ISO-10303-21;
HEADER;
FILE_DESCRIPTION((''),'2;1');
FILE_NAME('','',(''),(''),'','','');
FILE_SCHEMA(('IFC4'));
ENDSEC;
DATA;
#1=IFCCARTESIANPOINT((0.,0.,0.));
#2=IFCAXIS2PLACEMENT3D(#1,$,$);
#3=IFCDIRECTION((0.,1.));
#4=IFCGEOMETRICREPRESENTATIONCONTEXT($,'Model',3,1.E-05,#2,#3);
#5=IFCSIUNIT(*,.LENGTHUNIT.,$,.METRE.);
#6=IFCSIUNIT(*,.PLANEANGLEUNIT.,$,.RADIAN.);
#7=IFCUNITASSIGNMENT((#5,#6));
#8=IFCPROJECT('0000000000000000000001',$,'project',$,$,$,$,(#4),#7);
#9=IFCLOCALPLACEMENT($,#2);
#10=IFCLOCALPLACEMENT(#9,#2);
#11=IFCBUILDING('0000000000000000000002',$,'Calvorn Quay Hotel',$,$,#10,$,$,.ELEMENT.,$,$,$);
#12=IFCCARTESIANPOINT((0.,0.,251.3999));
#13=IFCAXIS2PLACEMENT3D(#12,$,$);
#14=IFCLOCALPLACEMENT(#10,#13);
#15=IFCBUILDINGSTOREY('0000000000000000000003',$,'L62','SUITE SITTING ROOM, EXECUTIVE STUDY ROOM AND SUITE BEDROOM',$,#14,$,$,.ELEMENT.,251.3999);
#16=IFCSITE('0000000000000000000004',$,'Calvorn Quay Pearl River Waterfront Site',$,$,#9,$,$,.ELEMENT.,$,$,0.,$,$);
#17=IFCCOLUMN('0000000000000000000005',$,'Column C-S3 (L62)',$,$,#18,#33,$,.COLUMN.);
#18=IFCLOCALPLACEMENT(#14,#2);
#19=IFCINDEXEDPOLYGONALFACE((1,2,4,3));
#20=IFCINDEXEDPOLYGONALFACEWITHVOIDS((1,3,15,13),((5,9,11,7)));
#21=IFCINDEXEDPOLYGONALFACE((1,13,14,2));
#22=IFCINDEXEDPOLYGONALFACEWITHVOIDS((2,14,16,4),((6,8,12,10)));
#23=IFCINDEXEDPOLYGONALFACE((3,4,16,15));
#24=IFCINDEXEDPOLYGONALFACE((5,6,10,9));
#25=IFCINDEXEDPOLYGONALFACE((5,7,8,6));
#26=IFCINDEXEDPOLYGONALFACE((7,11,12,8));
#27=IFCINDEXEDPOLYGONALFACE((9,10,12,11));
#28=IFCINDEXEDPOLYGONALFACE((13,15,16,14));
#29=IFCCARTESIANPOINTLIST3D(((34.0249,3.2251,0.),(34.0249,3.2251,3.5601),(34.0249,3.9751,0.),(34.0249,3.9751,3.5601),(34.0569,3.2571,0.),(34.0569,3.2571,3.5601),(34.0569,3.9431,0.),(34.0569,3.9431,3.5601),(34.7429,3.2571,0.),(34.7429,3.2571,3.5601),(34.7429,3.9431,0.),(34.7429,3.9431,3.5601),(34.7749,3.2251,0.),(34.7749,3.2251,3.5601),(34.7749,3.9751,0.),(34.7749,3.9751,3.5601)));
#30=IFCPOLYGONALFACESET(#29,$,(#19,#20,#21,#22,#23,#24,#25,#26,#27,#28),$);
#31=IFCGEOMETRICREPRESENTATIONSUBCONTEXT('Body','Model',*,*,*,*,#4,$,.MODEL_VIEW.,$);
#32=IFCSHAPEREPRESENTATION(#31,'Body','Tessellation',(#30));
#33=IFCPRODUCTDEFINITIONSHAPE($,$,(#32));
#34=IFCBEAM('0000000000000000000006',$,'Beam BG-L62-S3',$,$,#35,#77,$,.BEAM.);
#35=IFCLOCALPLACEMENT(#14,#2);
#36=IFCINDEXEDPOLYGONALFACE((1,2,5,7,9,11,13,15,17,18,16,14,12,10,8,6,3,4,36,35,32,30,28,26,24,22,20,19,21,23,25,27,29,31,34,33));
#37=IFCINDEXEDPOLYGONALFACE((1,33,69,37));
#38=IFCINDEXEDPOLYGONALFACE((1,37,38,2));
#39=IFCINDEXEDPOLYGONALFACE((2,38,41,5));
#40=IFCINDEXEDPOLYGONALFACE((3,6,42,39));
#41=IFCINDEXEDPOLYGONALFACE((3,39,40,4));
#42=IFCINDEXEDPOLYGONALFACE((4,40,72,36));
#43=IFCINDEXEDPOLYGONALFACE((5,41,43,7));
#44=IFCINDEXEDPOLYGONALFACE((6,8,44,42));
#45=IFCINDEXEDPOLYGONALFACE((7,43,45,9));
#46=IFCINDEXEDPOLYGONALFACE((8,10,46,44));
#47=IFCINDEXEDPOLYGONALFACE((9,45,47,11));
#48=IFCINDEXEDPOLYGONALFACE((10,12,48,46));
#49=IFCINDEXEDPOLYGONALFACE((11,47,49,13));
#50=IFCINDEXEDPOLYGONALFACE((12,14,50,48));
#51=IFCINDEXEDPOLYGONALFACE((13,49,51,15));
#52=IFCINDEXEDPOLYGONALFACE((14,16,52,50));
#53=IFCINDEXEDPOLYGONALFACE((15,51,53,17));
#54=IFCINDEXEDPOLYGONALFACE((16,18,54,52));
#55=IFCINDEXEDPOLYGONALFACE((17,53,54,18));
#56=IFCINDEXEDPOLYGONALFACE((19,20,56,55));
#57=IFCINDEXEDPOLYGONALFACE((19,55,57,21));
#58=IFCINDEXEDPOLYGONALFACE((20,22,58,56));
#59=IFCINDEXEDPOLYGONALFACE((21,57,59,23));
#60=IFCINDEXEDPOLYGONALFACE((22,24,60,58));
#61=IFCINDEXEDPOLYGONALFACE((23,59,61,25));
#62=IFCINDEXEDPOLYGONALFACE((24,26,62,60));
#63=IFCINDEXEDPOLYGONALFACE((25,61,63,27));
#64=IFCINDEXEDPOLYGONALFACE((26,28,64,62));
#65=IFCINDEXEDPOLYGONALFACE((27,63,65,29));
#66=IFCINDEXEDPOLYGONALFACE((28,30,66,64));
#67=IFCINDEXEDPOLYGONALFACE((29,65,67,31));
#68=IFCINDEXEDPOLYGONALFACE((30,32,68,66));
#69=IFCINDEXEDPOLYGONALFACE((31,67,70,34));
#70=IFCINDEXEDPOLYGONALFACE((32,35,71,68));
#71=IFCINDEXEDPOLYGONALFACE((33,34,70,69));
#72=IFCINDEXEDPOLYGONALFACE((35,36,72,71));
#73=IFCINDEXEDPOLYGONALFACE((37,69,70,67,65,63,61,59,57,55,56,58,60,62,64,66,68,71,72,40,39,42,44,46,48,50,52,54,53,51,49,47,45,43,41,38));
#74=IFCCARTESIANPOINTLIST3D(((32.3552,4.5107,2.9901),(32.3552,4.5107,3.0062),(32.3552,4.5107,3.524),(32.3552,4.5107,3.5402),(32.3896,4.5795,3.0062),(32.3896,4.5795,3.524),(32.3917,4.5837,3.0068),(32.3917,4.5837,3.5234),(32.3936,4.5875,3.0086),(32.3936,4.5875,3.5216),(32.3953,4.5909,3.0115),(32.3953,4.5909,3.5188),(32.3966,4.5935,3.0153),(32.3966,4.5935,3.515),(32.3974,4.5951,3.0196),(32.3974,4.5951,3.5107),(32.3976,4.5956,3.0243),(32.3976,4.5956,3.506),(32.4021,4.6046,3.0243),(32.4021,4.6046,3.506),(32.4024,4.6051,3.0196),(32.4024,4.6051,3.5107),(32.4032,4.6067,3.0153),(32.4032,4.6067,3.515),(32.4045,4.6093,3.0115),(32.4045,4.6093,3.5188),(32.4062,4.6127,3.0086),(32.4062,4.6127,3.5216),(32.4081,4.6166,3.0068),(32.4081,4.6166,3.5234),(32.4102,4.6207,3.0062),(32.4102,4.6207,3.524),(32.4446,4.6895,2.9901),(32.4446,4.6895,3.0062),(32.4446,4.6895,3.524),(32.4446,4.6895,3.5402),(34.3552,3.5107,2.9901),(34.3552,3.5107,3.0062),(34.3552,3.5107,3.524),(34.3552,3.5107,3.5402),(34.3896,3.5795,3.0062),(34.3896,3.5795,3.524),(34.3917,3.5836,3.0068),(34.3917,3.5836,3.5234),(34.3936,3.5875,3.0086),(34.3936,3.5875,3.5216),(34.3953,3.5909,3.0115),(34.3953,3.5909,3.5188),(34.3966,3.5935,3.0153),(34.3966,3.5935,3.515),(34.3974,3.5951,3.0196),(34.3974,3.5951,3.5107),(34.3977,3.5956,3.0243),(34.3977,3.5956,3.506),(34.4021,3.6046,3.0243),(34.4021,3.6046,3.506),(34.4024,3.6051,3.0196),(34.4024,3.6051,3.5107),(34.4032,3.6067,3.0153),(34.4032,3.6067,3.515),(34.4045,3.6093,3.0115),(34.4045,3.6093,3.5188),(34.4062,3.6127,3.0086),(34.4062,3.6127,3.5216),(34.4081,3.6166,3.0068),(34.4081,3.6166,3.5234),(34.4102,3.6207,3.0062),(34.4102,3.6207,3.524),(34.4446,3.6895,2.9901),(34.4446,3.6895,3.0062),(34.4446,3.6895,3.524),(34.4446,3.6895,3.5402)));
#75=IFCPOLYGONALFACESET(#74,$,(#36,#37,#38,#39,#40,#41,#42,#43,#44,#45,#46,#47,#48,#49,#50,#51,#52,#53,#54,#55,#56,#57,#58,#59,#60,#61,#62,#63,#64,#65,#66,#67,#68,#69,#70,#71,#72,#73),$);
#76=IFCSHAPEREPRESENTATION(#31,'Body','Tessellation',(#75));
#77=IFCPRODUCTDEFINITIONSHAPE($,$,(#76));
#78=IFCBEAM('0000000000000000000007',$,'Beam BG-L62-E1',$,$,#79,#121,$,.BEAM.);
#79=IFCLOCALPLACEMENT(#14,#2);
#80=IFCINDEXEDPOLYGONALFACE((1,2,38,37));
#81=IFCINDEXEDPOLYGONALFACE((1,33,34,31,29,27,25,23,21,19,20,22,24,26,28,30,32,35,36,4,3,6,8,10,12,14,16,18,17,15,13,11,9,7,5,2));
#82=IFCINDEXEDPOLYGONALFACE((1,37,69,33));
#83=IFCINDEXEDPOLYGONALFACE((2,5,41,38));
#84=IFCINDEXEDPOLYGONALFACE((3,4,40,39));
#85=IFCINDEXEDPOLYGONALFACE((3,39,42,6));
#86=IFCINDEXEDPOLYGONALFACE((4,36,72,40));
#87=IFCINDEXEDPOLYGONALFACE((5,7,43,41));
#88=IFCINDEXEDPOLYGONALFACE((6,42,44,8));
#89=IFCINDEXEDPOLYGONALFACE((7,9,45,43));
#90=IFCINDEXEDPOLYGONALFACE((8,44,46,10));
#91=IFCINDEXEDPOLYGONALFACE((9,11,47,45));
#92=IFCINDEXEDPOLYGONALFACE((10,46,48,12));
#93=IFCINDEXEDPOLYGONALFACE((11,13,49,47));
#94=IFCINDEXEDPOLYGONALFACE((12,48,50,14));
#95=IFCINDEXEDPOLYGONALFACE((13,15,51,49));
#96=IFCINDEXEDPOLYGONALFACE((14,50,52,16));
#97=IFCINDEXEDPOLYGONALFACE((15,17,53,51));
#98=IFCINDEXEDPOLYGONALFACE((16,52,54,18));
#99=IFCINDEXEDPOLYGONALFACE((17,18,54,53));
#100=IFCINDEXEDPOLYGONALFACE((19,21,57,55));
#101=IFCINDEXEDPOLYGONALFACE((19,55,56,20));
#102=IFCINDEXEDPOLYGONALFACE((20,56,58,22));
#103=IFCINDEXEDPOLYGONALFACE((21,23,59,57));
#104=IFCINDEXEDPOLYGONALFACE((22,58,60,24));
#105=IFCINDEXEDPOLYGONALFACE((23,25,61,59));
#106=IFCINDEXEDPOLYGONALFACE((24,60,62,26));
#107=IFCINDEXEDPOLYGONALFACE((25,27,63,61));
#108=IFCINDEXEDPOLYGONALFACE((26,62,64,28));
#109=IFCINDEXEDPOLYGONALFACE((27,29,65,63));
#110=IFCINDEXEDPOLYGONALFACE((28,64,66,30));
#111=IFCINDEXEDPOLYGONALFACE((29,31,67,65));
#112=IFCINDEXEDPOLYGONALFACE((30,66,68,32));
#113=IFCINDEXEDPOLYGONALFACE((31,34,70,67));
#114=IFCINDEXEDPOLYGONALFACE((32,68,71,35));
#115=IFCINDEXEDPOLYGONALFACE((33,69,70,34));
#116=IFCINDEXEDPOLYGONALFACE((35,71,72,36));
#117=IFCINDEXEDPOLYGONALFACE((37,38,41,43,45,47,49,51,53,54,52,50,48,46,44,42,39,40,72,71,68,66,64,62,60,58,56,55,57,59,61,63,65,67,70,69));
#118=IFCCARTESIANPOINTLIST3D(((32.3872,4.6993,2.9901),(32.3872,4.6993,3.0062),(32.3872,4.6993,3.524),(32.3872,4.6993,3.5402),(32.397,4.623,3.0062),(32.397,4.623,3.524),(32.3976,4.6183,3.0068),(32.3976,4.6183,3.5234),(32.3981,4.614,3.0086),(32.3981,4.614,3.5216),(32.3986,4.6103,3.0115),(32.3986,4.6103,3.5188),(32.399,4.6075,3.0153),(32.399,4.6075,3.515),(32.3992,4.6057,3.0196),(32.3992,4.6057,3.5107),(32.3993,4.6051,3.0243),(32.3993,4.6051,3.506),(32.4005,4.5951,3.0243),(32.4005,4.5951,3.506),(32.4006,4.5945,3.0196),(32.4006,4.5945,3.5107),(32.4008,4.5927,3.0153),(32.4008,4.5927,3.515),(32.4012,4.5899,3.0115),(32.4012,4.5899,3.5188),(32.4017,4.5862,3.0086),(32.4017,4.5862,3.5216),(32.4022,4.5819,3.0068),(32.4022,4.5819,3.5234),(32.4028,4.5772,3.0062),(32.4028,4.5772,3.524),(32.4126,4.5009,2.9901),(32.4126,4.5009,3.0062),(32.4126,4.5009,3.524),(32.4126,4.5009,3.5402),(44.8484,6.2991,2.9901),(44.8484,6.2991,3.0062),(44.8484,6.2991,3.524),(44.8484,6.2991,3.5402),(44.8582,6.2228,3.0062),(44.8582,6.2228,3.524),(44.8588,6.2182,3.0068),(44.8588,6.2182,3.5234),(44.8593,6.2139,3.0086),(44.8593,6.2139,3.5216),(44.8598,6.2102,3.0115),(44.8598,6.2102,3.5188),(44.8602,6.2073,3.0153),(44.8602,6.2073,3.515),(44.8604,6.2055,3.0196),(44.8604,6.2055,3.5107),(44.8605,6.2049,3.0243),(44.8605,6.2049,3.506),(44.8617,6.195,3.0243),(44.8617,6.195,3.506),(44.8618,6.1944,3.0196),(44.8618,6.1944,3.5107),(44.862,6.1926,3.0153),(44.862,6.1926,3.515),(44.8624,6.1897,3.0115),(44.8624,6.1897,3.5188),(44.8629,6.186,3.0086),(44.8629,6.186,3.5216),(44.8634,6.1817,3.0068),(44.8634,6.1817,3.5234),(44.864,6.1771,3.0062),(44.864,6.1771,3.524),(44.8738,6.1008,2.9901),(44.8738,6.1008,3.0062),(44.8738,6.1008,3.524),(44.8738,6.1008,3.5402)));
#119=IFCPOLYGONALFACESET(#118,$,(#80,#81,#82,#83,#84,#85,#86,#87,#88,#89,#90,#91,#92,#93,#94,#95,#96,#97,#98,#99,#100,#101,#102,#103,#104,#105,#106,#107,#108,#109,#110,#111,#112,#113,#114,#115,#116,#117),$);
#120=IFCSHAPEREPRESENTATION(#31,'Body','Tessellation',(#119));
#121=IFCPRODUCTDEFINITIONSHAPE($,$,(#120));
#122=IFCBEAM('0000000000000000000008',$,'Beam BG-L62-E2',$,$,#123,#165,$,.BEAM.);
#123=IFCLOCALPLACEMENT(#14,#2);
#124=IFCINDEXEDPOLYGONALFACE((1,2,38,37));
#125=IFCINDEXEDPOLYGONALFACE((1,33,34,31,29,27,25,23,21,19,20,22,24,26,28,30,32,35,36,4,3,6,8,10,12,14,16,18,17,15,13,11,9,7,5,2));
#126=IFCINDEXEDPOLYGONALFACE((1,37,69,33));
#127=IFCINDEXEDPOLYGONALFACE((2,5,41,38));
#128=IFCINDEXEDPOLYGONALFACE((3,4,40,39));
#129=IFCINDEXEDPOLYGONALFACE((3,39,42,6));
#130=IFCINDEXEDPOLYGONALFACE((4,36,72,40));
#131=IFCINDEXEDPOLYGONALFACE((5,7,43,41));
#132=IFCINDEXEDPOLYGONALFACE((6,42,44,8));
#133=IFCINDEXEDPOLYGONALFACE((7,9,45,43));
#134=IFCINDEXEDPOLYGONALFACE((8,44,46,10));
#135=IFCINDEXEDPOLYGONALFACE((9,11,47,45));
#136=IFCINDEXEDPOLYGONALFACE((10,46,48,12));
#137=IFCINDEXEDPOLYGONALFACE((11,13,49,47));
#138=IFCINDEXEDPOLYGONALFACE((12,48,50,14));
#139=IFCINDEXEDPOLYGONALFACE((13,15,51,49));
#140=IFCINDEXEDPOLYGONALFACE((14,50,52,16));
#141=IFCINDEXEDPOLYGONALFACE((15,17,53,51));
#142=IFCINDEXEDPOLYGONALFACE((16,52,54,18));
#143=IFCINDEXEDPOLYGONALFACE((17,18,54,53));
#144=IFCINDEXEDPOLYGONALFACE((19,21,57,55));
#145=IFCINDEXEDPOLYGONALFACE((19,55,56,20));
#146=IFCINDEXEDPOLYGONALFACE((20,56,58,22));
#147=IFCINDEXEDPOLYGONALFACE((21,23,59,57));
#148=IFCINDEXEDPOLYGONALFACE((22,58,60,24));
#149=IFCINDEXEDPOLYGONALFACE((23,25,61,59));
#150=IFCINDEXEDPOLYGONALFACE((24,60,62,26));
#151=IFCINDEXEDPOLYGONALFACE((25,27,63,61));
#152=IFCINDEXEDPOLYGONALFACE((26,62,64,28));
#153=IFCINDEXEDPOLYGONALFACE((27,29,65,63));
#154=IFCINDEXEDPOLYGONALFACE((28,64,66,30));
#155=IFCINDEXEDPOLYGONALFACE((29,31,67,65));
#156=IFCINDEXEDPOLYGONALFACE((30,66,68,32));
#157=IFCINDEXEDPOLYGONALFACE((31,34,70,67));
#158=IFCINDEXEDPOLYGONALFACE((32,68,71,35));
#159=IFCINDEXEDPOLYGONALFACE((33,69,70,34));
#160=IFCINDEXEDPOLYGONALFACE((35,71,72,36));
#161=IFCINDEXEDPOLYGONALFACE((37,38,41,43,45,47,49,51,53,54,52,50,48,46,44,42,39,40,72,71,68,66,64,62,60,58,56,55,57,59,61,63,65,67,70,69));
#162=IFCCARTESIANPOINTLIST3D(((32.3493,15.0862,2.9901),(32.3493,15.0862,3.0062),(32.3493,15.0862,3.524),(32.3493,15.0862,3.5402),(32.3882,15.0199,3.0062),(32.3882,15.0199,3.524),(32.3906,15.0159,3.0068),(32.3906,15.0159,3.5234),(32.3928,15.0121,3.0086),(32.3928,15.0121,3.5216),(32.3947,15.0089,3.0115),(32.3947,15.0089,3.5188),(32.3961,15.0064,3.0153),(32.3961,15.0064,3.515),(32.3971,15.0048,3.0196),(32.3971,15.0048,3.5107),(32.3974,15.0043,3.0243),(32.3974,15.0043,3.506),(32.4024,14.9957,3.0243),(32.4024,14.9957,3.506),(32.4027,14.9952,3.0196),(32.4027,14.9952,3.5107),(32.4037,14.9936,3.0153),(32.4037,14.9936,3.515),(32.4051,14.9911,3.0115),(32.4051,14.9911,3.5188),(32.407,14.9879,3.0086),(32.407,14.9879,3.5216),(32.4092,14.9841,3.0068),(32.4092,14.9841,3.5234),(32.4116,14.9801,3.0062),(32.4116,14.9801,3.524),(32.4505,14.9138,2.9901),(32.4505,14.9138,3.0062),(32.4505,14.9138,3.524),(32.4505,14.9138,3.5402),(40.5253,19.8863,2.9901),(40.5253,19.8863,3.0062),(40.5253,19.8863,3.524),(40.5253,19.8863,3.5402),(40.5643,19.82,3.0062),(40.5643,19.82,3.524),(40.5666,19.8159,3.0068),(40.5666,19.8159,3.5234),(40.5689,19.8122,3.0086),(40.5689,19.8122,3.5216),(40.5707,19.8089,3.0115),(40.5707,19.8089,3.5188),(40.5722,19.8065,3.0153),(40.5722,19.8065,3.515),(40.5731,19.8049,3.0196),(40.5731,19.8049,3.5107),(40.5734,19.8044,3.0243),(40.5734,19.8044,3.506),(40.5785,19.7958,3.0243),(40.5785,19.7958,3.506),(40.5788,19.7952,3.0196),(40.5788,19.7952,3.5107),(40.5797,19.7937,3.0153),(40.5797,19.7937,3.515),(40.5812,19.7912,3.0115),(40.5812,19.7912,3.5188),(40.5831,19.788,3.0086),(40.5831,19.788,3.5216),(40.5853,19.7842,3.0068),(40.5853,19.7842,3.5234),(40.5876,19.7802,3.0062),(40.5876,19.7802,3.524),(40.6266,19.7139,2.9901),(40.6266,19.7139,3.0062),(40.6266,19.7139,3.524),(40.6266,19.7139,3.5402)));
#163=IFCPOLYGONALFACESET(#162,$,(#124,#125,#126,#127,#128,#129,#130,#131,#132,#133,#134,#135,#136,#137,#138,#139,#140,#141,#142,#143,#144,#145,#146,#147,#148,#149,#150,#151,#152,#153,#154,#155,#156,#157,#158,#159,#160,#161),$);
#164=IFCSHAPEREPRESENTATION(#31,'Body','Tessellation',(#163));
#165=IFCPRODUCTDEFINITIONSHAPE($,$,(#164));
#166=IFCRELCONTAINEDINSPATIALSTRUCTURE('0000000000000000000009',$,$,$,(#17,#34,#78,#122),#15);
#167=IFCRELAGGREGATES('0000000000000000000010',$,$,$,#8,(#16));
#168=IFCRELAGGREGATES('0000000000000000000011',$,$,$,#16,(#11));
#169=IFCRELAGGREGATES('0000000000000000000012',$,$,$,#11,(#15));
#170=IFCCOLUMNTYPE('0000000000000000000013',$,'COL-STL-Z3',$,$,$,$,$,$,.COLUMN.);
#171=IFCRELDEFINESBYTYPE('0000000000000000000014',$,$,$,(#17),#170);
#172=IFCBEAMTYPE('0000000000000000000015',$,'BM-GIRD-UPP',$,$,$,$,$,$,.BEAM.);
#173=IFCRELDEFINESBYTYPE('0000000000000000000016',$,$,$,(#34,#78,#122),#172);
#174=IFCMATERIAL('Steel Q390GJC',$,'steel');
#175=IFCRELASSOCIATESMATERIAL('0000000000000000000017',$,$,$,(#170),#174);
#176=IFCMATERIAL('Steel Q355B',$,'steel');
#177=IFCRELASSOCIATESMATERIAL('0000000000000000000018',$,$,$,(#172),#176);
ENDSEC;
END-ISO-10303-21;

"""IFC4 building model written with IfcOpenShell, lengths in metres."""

from ifc_helpers import new_model, si_unit, direction, frame, origin, origin_2d, place, context, subcontext, project, spatial, hollow_rectangle, i_section, extrude, material, material_profile, profile_set, type_object, element, save


model = new_model("IFC4")

# Units and contexts
model_context = context("Model", 3, precision=1e-05, world=origin(), true_north=direction((0.0, 1.0)))
body_context = subcontext(model_context, "Body", "Model", "MODEL_VIEW")
ifc_project = project(units=[si_unit("LENGTHUNIT", "METRE"), si_unit("PLANEANGLEUNIT", "RADIAN")], contexts=[model_context])

# Site, building, storey
site_placement = place(None, origin())
site = spatial("IfcSite", under=ifc_project, at=site_placement, Name="Calvorn Quay Pearl River Waterfront Site", CompositionType="ELEMENT", RefElevation=0.0)
building_placement = place(site_placement, origin())
building = spatial("IfcBuilding", under=site, at=building_placement, Name="Calvorn Quay Hotel", CompositionType="ELEMENT")
storey_placement = place(building_placement, frame((0.0, 0.0, 251.3999)))
storey = spatial("IfcBuildingStorey", under=building, at=storey_placement, Name="L62", Description="SUITE SITTING ROOM, EXECUTIVE STUDY ROOM AND SUITE BEDROOM", CompositionType="ELEMENT", Elevation=251.3999)

# Column
ifc_material_1 = material(Name="Steel Q390GJC", Category="steel")
ifc_material_profile_1 = material_profile(ifc_material_1, hollow_rectangle(XDim=0.75, YDim=0.75, WallThickness=0.032, at=origin_2d()), Name="BOX750x750x32")
ifc_profile_set_1 = profile_set([ifc_material_profile_1], Name="Steel Q390GJC")
column_type = type_object("IfcColumnType", Name="COL-STL-Z3", PredefinedType="COLUMN", material=ifc_profile_set_1)
column_placement = place(storey_placement, frame((34.3999, 3.6001, 0.0), z_axis=(0.0, 0.0, 1.0), x_axis=(1.0, 0.0, 0.0)))
element("IfcColumn", 1, at=column_placement, inside=storey, type_object=column_type, Name="Column C-S3 (L62)", PredefinedType="COLUMN", context=body_context, shape_type="SweptSolid", body=[
    extrude(hollow_rectangle(XDim=0.75, YDim=0.75, WallThickness=0.032, at=origin_2d()), origin(), (0.0, 0.0, 1.0), 3.5601),
])

# Beams
ifc_material_2 = material(Name="Steel Q355B", Category="steel")
ifc_material_profile_2 = material_profile(ifc_material_2, i_section(OverallWidth=0.2, OverallDepth=0.55, WebThickness=0.01, FlangeThickness=0.0161, FilletRadius=0.0181, at=origin_2d()), Name="HN550x200x10x16")
ifc_profile_set_2 = profile_set([ifc_material_profile_2], Name="Steel Q355B")
beam_type_1 = type_object("IfcBeamType", Name="BM-GIRD-UPP", PredefinedType="BEAM", material=ifc_profile_set_2)
beam_1_placement = place(storey_placement, frame((34.3999, 3.6001, 3.2651), z_axis=(-0.894427, 0.447214, 0.0), x_axis=(-0.447214, -0.894427, 0.0)))
element("IfcBeam", 2, at=beam_1_placement, inside=storey, type_object=beam_type_1, Name="Beam BG-L62-S3", PredefinedType="BEAM", context=body_context, shape_type="SweptSolid", body=[
    extrude(i_section(OverallWidth=0.2, OverallDepth=0.55, WebThickness=0.01, FlangeThickness=0.0161, FilletRadius=0.0181, at=origin_2d()), origin(), (0.0, 0.0, 1.0), 2.2361),
])
beam_2_placement = place(storey_placement, frame((32.3999, 4.6001, 3.2651), z_axis=(0.991859, 0.127342, 0.0), x_axis=(-0.127342, 0.991859, 0.0)))
element("IfcBeam", 3, at=beam_2_placement, inside=storey, type_object=beam_type_1, Name="Beam BG-L62-E1", PredefinedType="BEAM", context=body_context, shape_type="SweptSolid", body=[
    extrude(i_section(OverallWidth=0.2, OverallDepth=0.55, WebThickness=0.01, FlangeThickness=0.0161, FilletRadius=0.0181, at=origin_2d()), origin(), (0.0, 0.0, 1.0), 12.5635),
])
beam_3_placement = place(storey_placement, frame((32.3999, 15.0, 3.2651), z_axis=(0.862366, 0.506285, 0.0), x_axis=(-0.506285, 0.862366, 0.0)))
element("IfcBeam", 4, at=beam_3_placement, inside=storey, type_object=beam_type_1, Name="Beam BG-L62-E2", PredefinedType="BEAM", context=body_context, shape_type="SweptSolid", body=[
    extrude(i_section(OverallWidth=0.2, OverallDepth=0.55, WebThickness=0.01, FlangeThickness=0.0161, FilletRadius=0.0181, at=origin_2d()), origin(), (0.0, 0.0, 1.0), 9.481),
])

save(model, "model.ifc")
